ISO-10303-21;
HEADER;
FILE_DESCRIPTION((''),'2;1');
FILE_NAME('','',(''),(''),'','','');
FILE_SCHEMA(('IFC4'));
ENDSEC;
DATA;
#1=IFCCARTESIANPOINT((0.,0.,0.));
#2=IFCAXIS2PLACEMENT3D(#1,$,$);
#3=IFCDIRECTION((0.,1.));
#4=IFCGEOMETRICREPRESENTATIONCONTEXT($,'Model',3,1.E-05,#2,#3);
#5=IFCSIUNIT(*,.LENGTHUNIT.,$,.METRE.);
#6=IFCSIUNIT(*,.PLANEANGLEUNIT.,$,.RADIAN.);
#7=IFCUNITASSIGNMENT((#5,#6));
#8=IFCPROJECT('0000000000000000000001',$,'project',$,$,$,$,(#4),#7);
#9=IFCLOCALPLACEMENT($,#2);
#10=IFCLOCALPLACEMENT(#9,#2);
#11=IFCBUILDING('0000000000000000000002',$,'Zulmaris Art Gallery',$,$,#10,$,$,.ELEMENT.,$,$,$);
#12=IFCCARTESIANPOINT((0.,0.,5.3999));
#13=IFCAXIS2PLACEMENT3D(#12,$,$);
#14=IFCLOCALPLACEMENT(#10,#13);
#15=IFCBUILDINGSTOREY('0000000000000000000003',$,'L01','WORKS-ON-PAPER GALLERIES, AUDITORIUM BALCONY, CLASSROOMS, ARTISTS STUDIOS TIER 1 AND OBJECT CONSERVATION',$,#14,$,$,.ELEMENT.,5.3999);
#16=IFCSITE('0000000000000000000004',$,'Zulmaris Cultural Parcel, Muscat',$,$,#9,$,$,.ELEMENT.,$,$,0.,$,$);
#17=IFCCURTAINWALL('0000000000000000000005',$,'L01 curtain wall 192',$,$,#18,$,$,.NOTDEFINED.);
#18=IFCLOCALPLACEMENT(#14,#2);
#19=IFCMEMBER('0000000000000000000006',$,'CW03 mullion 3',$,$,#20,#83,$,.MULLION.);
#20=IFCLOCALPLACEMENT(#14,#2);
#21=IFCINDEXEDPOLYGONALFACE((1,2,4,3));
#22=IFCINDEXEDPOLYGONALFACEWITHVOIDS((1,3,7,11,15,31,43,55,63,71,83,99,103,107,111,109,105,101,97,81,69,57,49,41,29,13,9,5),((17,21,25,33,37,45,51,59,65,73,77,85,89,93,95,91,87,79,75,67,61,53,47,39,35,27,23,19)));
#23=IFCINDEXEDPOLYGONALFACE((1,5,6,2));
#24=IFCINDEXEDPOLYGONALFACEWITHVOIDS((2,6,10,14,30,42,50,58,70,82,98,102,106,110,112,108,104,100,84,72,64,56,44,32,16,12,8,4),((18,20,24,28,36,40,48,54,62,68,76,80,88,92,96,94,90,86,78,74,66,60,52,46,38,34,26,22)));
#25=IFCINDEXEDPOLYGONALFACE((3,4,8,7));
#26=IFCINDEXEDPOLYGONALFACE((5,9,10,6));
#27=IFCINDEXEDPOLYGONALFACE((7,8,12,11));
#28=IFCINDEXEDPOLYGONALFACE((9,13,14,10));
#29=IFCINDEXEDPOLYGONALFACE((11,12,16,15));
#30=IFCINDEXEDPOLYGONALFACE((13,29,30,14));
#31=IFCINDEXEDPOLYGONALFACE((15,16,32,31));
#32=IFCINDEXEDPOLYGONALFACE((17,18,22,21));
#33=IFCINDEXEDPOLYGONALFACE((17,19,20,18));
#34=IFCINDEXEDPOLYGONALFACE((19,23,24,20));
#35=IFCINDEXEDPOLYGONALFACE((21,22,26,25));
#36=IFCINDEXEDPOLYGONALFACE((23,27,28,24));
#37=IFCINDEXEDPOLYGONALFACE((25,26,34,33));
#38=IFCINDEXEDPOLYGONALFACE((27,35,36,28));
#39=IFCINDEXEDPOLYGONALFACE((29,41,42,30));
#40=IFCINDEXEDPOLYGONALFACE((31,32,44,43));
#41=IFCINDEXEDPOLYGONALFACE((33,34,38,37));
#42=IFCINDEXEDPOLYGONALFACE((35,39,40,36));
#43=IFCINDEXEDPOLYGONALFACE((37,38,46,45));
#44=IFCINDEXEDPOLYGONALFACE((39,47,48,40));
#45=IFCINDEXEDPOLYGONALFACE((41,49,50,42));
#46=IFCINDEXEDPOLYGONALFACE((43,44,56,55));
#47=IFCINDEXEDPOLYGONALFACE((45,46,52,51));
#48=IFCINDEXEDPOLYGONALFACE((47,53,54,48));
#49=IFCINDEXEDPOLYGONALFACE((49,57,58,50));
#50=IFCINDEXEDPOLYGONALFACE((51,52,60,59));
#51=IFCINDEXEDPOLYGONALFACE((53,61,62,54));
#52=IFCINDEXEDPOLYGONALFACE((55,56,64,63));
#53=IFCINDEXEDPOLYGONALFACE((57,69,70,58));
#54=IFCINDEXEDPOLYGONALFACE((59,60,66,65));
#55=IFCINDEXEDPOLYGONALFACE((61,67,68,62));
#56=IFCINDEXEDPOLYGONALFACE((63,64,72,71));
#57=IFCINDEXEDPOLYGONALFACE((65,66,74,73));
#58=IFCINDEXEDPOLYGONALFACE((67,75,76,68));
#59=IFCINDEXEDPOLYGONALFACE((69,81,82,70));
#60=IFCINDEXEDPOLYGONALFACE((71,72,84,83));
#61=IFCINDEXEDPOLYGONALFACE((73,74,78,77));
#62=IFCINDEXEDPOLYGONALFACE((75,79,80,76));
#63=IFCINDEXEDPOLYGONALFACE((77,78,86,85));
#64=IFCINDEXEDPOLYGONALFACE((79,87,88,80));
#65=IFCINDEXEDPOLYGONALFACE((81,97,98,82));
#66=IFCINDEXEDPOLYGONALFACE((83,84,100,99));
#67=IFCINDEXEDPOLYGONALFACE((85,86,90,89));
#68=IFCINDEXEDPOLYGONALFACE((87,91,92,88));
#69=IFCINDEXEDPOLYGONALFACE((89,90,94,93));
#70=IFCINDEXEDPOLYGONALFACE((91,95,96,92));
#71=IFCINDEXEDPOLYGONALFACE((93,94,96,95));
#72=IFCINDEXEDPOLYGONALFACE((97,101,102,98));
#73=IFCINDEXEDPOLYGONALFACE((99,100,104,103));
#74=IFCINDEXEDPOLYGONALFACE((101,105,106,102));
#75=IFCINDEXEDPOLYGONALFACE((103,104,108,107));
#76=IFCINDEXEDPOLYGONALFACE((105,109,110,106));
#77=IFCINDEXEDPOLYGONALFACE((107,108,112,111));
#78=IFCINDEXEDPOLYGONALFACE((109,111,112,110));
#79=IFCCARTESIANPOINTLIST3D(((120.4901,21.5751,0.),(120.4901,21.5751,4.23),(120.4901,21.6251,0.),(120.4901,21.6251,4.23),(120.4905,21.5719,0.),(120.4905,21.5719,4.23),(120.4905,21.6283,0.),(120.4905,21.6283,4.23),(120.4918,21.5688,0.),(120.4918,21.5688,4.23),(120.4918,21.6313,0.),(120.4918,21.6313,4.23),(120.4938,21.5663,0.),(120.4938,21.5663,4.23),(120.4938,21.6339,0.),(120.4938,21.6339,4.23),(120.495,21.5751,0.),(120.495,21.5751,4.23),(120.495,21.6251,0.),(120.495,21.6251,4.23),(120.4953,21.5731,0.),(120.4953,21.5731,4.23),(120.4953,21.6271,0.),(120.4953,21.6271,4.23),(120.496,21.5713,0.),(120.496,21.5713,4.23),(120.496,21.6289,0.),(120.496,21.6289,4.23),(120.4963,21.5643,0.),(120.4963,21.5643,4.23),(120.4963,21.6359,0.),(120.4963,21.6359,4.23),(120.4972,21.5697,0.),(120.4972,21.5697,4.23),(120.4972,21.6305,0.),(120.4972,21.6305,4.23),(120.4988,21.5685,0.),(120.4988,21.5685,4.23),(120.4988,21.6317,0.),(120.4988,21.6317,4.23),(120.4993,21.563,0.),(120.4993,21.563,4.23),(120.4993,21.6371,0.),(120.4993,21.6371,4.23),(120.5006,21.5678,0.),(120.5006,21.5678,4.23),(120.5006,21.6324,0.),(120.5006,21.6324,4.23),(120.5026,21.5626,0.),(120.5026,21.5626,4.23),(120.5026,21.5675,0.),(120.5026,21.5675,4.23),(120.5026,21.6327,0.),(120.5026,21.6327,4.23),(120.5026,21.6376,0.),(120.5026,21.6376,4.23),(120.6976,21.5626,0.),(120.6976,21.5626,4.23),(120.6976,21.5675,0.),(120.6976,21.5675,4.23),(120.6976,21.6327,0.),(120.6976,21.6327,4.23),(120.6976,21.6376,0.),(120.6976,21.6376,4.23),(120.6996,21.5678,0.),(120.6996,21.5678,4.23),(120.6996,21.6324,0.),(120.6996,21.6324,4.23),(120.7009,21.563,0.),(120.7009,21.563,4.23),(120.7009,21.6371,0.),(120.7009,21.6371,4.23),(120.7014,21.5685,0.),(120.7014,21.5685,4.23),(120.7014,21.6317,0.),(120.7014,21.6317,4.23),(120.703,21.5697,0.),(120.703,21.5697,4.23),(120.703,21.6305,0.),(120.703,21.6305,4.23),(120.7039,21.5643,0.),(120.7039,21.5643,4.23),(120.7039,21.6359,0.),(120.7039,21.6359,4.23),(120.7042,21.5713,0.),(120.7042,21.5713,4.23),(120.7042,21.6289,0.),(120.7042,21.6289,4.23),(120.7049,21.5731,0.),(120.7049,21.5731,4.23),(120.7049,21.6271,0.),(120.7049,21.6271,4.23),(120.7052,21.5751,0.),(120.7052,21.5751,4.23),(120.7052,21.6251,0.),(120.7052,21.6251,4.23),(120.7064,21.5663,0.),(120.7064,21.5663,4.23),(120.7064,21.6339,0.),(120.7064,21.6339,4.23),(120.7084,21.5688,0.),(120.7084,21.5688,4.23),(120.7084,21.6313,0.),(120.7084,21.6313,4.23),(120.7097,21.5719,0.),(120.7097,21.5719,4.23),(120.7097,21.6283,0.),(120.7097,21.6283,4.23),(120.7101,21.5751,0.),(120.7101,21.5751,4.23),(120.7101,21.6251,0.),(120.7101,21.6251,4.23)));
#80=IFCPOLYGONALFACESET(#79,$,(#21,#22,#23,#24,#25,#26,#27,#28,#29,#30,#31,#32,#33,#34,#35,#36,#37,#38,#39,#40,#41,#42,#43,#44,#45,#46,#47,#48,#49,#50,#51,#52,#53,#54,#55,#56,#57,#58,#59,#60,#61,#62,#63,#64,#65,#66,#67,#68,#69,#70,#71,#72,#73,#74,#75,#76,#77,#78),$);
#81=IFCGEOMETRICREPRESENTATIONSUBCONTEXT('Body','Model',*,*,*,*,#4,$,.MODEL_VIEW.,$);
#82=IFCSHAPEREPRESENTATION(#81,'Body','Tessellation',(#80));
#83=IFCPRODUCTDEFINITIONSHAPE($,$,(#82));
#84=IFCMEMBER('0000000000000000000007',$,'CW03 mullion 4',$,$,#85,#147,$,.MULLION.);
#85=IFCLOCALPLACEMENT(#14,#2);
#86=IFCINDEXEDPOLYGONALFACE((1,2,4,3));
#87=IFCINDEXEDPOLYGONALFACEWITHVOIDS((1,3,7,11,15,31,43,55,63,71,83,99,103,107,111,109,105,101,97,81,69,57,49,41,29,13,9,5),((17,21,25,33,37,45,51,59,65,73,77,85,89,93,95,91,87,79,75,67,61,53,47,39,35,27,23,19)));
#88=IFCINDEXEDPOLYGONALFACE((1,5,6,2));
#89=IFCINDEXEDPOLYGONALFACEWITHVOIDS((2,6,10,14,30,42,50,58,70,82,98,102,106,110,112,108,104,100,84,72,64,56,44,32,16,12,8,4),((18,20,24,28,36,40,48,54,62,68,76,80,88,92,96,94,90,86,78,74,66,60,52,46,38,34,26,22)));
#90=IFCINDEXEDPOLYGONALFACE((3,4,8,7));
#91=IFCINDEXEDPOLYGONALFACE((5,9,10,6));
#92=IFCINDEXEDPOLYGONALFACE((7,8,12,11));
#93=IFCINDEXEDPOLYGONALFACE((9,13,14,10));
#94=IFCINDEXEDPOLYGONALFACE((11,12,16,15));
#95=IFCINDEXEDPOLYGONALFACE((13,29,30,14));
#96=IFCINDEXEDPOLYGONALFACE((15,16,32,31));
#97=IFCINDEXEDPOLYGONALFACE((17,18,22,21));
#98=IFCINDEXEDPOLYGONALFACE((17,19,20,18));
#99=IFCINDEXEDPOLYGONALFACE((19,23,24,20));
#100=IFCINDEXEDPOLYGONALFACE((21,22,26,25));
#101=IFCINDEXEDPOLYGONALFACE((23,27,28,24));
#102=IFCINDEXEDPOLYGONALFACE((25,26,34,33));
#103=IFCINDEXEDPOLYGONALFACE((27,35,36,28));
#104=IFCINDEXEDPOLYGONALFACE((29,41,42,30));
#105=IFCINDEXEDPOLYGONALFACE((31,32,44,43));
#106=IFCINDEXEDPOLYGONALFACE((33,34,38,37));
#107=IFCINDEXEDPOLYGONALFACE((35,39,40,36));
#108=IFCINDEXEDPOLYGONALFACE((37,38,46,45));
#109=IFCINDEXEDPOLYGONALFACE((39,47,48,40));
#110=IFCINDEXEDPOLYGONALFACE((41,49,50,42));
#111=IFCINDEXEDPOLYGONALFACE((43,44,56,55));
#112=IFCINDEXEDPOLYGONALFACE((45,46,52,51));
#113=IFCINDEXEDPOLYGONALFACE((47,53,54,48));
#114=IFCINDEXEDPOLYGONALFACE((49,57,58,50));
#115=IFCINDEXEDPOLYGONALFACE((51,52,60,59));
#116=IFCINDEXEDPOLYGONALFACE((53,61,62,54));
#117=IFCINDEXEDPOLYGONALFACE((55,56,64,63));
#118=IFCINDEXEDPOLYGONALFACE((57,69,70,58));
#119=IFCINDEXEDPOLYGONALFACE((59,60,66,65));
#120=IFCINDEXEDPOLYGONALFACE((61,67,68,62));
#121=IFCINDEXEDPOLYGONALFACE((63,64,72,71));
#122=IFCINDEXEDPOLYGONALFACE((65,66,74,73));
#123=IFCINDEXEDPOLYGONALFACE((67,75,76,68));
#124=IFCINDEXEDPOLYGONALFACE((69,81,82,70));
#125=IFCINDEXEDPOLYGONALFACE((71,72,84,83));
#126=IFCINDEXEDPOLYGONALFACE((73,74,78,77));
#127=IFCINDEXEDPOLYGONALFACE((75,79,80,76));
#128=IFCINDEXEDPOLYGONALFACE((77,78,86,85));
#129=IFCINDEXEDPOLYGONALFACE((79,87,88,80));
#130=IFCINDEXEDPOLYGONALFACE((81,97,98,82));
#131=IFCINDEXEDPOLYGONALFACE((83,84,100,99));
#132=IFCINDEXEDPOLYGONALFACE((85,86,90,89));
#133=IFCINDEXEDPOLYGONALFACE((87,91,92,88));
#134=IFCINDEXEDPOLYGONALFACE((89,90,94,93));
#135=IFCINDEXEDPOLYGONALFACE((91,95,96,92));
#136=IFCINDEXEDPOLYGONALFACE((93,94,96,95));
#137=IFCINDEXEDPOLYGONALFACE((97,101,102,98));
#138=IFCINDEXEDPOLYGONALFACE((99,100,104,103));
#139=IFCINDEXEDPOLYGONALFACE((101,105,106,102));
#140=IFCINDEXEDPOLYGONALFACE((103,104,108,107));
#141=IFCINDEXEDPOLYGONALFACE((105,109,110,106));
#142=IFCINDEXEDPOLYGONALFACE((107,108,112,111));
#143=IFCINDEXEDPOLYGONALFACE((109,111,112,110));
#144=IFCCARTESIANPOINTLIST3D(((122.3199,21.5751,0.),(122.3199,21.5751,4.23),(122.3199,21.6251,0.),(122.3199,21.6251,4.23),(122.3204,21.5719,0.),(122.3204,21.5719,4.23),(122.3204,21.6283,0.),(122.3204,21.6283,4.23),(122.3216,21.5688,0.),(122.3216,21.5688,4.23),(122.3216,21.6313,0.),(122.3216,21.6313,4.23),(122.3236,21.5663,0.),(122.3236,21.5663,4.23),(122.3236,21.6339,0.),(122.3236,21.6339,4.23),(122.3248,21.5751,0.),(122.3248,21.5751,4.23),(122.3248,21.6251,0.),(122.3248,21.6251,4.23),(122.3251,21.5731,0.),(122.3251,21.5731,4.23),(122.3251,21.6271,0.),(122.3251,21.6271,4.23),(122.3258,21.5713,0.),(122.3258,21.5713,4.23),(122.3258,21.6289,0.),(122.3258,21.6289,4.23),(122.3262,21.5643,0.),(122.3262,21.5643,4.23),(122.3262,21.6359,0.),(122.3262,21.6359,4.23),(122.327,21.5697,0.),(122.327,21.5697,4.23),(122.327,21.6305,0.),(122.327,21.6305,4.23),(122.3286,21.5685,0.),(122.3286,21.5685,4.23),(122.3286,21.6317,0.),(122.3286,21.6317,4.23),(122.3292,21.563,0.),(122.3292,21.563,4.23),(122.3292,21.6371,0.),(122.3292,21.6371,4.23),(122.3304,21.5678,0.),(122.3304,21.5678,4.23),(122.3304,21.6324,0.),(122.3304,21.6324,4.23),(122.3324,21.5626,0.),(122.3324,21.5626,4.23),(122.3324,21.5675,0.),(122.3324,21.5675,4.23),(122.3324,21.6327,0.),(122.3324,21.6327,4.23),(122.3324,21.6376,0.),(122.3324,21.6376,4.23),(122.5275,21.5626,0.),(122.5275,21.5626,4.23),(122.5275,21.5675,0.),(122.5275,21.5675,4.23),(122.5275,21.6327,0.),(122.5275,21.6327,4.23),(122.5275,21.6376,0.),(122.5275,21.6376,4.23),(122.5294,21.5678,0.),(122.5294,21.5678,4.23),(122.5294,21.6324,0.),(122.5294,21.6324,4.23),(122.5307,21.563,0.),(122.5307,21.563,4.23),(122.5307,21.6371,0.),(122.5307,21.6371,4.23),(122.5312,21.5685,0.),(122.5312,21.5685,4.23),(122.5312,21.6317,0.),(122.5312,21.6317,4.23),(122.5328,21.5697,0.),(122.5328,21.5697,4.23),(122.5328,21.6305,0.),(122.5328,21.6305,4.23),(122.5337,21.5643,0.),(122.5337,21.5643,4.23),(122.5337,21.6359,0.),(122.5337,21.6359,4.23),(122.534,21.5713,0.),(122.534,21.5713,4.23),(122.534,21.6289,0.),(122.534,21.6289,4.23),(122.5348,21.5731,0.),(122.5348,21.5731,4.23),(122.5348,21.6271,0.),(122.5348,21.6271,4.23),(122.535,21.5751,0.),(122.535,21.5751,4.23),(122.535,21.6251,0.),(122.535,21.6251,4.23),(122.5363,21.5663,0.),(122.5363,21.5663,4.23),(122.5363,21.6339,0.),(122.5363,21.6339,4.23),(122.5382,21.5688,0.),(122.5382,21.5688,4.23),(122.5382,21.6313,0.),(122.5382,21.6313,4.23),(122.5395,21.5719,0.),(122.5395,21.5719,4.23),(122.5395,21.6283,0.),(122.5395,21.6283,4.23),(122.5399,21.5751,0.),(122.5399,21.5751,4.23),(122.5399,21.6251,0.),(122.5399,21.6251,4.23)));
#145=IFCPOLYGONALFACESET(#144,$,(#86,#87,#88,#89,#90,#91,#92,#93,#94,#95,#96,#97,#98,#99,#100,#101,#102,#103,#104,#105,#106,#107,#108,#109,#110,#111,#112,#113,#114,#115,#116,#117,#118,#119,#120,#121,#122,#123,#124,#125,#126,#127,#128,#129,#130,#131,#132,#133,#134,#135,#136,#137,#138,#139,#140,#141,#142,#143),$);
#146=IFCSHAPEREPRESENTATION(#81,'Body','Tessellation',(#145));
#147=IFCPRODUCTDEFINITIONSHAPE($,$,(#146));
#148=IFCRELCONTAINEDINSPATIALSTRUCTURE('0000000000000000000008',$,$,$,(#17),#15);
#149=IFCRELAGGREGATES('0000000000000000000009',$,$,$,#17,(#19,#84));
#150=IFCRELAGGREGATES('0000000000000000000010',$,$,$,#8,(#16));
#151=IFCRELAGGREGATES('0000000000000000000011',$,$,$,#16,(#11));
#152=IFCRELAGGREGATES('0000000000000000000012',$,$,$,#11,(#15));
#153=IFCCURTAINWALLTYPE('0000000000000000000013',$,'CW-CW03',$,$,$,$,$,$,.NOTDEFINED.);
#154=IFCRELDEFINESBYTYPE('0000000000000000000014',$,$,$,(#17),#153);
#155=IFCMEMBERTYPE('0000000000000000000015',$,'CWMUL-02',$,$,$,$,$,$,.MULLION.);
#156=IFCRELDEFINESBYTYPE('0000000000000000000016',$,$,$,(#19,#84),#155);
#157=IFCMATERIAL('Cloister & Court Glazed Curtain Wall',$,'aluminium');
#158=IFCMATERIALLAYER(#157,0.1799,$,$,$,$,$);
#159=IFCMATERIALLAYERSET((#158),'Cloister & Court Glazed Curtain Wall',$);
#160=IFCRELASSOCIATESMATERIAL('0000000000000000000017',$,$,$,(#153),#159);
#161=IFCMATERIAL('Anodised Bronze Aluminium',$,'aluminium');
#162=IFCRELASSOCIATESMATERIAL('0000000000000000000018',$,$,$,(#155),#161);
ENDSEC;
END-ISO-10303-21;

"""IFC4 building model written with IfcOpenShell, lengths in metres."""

from ifc_helpers import new_model, si_unit, direction, frame, origin, origin_2d, place, context, subcontext, project, spatial, hollow_rectangle, extrude, material, layer, layer_set, material_profile, profile_set, type_object, element, aggregate, save


model = new_model("IFC4")

# Units and contexts
model_context = context("Model", 3, precision=1e-05, world=origin(), true_north=direction((0.0, 1.0)))
body_context = subcontext(model_context, "Body", "Model", "MODEL_VIEW")
ifc_project = project(units=[si_unit("LENGTHUNIT", "METRE"), si_unit("PLANEANGLEUNIT", "RADIAN")], contexts=[model_context])

# Site, building, storey
site_placement = place(None, origin())
site = spatial("IfcSite", under=ifc_project, at=site_placement, Name="Zulmaris Cultural Parcel, Muscat", CompositionType="ELEMENT", RefElevation=0.0)
building_placement = place(site_placement, origin())
building = spatial("IfcBuilding", under=site, at=building_placement, Name="Zulmaris Art Gallery", CompositionType="ELEMENT")
storey_placement = place(building_placement, frame((0.0, 0.0, 5.3999)))
storey = spatial("IfcBuildingStorey", under=building, at=storey_placement, Name="L01", Description="WORKS-ON-PAPER GALLERIES, AUDITORIUM BALCONY, CLASSROOMS, ARTISTS STUDIOS TIER 1 AND OBJECT CONSERVATION", CompositionType="ELEMENT", Elevation=5.3999)

# Shared definitions
ifc_material_1 = material(Name="Cloister & Court Glazed Curtain Wall", Category="aluminium")
ifc_layer_1 = layer(ifc_material_1, 0.1799)
ifc_layer_set_1 = layer_set([ifc_layer_1], Name="Cloister & Court Glazed Curtain Wall")
curtain_wall_type = type_object("IfcCurtainWallType", Name="CW-CW03", PredefinedType="NOTDEFINED", material=ifc_layer_set_1)
ifc_material_2 = material(Name="Anodised Bronze Aluminium", Category="aluminium")
ifc_material_profile_1 = material_profile(ifc_material_2, hollow_rectangle(XDim=0.075, YDim=0.22, WallThickness=0.0049, InnerFilletRadius=0.0076, OuterFilletRadius=0.0125, at=origin_2d()), Name="ALU 75x220x5")
ifc_profile_set_1 = profile_set([ifc_material_profile_1], Name="Anodised Bronze Aluminium")
member_type_1 = type_object("IfcMemberType", Name="CWMUL-02", PredefinedType="MULLION", material=ifc_profile_set_1)

# Curtain wall, members
curtain_wall_1_placement = place(storey_placement, origin())
curtain_wall_1 = element("IfcCurtainWall", 1, at=curtain_wall_1_placement, inside=storey, type_object=curtain_wall_type, Name="L01 curtain wall 192", PredefinedType="NOTDEFINED")
member_1_placement = place(storey_placement, frame((120.6001, 21.6001, 0.0), z_axis=(0.0, 0.0, 1.0), x_axis=(0.0, 1.0, 0.0)))
member_1 = element("IfcMember", 2, at=member_1_placement, type_object=member_type_1, Name="CW03 mullion 3", PredefinedType="MULLION", context=body_context, shape_type="SweptSolid", body=[
    extrude(hollow_rectangle(XDim=0.075, YDim=0.22, WallThickness=0.0049, InnerFilletRadius=0.0076, OuterFilletRadius=0.0125, at=origin_2d()), origin(), (0.0, 0.0, 1.0), 4.23),
])
member_2_placement = place(storey_placement, frame((122.4299, 21.6001, 0.0), z_axis=(0.0, 0.0, 1.0), x_axis=(0.0, 1.0, 0.0)))
member_2 = element("IfcMember", 3, at=member_2_placement, type_object=member_type_1, Name="CW03 mullion 4", PredefinedType="MULLION", context=body_context, shape_type="SweptSolid", body=[
    extrude(hollow_rectangle(XDim=0.075, YDim=0.22, WallThickness=0.0049, InnerFilletRadius=0.0076, OuterFilletRadius=0.0125, at=origin_2d()), origin(), (0.0, 0.0, 1.0), 4.23),
])

aggregate(curtain_wall_1, [member_1, member_2])

save(model, "model.ifc")
